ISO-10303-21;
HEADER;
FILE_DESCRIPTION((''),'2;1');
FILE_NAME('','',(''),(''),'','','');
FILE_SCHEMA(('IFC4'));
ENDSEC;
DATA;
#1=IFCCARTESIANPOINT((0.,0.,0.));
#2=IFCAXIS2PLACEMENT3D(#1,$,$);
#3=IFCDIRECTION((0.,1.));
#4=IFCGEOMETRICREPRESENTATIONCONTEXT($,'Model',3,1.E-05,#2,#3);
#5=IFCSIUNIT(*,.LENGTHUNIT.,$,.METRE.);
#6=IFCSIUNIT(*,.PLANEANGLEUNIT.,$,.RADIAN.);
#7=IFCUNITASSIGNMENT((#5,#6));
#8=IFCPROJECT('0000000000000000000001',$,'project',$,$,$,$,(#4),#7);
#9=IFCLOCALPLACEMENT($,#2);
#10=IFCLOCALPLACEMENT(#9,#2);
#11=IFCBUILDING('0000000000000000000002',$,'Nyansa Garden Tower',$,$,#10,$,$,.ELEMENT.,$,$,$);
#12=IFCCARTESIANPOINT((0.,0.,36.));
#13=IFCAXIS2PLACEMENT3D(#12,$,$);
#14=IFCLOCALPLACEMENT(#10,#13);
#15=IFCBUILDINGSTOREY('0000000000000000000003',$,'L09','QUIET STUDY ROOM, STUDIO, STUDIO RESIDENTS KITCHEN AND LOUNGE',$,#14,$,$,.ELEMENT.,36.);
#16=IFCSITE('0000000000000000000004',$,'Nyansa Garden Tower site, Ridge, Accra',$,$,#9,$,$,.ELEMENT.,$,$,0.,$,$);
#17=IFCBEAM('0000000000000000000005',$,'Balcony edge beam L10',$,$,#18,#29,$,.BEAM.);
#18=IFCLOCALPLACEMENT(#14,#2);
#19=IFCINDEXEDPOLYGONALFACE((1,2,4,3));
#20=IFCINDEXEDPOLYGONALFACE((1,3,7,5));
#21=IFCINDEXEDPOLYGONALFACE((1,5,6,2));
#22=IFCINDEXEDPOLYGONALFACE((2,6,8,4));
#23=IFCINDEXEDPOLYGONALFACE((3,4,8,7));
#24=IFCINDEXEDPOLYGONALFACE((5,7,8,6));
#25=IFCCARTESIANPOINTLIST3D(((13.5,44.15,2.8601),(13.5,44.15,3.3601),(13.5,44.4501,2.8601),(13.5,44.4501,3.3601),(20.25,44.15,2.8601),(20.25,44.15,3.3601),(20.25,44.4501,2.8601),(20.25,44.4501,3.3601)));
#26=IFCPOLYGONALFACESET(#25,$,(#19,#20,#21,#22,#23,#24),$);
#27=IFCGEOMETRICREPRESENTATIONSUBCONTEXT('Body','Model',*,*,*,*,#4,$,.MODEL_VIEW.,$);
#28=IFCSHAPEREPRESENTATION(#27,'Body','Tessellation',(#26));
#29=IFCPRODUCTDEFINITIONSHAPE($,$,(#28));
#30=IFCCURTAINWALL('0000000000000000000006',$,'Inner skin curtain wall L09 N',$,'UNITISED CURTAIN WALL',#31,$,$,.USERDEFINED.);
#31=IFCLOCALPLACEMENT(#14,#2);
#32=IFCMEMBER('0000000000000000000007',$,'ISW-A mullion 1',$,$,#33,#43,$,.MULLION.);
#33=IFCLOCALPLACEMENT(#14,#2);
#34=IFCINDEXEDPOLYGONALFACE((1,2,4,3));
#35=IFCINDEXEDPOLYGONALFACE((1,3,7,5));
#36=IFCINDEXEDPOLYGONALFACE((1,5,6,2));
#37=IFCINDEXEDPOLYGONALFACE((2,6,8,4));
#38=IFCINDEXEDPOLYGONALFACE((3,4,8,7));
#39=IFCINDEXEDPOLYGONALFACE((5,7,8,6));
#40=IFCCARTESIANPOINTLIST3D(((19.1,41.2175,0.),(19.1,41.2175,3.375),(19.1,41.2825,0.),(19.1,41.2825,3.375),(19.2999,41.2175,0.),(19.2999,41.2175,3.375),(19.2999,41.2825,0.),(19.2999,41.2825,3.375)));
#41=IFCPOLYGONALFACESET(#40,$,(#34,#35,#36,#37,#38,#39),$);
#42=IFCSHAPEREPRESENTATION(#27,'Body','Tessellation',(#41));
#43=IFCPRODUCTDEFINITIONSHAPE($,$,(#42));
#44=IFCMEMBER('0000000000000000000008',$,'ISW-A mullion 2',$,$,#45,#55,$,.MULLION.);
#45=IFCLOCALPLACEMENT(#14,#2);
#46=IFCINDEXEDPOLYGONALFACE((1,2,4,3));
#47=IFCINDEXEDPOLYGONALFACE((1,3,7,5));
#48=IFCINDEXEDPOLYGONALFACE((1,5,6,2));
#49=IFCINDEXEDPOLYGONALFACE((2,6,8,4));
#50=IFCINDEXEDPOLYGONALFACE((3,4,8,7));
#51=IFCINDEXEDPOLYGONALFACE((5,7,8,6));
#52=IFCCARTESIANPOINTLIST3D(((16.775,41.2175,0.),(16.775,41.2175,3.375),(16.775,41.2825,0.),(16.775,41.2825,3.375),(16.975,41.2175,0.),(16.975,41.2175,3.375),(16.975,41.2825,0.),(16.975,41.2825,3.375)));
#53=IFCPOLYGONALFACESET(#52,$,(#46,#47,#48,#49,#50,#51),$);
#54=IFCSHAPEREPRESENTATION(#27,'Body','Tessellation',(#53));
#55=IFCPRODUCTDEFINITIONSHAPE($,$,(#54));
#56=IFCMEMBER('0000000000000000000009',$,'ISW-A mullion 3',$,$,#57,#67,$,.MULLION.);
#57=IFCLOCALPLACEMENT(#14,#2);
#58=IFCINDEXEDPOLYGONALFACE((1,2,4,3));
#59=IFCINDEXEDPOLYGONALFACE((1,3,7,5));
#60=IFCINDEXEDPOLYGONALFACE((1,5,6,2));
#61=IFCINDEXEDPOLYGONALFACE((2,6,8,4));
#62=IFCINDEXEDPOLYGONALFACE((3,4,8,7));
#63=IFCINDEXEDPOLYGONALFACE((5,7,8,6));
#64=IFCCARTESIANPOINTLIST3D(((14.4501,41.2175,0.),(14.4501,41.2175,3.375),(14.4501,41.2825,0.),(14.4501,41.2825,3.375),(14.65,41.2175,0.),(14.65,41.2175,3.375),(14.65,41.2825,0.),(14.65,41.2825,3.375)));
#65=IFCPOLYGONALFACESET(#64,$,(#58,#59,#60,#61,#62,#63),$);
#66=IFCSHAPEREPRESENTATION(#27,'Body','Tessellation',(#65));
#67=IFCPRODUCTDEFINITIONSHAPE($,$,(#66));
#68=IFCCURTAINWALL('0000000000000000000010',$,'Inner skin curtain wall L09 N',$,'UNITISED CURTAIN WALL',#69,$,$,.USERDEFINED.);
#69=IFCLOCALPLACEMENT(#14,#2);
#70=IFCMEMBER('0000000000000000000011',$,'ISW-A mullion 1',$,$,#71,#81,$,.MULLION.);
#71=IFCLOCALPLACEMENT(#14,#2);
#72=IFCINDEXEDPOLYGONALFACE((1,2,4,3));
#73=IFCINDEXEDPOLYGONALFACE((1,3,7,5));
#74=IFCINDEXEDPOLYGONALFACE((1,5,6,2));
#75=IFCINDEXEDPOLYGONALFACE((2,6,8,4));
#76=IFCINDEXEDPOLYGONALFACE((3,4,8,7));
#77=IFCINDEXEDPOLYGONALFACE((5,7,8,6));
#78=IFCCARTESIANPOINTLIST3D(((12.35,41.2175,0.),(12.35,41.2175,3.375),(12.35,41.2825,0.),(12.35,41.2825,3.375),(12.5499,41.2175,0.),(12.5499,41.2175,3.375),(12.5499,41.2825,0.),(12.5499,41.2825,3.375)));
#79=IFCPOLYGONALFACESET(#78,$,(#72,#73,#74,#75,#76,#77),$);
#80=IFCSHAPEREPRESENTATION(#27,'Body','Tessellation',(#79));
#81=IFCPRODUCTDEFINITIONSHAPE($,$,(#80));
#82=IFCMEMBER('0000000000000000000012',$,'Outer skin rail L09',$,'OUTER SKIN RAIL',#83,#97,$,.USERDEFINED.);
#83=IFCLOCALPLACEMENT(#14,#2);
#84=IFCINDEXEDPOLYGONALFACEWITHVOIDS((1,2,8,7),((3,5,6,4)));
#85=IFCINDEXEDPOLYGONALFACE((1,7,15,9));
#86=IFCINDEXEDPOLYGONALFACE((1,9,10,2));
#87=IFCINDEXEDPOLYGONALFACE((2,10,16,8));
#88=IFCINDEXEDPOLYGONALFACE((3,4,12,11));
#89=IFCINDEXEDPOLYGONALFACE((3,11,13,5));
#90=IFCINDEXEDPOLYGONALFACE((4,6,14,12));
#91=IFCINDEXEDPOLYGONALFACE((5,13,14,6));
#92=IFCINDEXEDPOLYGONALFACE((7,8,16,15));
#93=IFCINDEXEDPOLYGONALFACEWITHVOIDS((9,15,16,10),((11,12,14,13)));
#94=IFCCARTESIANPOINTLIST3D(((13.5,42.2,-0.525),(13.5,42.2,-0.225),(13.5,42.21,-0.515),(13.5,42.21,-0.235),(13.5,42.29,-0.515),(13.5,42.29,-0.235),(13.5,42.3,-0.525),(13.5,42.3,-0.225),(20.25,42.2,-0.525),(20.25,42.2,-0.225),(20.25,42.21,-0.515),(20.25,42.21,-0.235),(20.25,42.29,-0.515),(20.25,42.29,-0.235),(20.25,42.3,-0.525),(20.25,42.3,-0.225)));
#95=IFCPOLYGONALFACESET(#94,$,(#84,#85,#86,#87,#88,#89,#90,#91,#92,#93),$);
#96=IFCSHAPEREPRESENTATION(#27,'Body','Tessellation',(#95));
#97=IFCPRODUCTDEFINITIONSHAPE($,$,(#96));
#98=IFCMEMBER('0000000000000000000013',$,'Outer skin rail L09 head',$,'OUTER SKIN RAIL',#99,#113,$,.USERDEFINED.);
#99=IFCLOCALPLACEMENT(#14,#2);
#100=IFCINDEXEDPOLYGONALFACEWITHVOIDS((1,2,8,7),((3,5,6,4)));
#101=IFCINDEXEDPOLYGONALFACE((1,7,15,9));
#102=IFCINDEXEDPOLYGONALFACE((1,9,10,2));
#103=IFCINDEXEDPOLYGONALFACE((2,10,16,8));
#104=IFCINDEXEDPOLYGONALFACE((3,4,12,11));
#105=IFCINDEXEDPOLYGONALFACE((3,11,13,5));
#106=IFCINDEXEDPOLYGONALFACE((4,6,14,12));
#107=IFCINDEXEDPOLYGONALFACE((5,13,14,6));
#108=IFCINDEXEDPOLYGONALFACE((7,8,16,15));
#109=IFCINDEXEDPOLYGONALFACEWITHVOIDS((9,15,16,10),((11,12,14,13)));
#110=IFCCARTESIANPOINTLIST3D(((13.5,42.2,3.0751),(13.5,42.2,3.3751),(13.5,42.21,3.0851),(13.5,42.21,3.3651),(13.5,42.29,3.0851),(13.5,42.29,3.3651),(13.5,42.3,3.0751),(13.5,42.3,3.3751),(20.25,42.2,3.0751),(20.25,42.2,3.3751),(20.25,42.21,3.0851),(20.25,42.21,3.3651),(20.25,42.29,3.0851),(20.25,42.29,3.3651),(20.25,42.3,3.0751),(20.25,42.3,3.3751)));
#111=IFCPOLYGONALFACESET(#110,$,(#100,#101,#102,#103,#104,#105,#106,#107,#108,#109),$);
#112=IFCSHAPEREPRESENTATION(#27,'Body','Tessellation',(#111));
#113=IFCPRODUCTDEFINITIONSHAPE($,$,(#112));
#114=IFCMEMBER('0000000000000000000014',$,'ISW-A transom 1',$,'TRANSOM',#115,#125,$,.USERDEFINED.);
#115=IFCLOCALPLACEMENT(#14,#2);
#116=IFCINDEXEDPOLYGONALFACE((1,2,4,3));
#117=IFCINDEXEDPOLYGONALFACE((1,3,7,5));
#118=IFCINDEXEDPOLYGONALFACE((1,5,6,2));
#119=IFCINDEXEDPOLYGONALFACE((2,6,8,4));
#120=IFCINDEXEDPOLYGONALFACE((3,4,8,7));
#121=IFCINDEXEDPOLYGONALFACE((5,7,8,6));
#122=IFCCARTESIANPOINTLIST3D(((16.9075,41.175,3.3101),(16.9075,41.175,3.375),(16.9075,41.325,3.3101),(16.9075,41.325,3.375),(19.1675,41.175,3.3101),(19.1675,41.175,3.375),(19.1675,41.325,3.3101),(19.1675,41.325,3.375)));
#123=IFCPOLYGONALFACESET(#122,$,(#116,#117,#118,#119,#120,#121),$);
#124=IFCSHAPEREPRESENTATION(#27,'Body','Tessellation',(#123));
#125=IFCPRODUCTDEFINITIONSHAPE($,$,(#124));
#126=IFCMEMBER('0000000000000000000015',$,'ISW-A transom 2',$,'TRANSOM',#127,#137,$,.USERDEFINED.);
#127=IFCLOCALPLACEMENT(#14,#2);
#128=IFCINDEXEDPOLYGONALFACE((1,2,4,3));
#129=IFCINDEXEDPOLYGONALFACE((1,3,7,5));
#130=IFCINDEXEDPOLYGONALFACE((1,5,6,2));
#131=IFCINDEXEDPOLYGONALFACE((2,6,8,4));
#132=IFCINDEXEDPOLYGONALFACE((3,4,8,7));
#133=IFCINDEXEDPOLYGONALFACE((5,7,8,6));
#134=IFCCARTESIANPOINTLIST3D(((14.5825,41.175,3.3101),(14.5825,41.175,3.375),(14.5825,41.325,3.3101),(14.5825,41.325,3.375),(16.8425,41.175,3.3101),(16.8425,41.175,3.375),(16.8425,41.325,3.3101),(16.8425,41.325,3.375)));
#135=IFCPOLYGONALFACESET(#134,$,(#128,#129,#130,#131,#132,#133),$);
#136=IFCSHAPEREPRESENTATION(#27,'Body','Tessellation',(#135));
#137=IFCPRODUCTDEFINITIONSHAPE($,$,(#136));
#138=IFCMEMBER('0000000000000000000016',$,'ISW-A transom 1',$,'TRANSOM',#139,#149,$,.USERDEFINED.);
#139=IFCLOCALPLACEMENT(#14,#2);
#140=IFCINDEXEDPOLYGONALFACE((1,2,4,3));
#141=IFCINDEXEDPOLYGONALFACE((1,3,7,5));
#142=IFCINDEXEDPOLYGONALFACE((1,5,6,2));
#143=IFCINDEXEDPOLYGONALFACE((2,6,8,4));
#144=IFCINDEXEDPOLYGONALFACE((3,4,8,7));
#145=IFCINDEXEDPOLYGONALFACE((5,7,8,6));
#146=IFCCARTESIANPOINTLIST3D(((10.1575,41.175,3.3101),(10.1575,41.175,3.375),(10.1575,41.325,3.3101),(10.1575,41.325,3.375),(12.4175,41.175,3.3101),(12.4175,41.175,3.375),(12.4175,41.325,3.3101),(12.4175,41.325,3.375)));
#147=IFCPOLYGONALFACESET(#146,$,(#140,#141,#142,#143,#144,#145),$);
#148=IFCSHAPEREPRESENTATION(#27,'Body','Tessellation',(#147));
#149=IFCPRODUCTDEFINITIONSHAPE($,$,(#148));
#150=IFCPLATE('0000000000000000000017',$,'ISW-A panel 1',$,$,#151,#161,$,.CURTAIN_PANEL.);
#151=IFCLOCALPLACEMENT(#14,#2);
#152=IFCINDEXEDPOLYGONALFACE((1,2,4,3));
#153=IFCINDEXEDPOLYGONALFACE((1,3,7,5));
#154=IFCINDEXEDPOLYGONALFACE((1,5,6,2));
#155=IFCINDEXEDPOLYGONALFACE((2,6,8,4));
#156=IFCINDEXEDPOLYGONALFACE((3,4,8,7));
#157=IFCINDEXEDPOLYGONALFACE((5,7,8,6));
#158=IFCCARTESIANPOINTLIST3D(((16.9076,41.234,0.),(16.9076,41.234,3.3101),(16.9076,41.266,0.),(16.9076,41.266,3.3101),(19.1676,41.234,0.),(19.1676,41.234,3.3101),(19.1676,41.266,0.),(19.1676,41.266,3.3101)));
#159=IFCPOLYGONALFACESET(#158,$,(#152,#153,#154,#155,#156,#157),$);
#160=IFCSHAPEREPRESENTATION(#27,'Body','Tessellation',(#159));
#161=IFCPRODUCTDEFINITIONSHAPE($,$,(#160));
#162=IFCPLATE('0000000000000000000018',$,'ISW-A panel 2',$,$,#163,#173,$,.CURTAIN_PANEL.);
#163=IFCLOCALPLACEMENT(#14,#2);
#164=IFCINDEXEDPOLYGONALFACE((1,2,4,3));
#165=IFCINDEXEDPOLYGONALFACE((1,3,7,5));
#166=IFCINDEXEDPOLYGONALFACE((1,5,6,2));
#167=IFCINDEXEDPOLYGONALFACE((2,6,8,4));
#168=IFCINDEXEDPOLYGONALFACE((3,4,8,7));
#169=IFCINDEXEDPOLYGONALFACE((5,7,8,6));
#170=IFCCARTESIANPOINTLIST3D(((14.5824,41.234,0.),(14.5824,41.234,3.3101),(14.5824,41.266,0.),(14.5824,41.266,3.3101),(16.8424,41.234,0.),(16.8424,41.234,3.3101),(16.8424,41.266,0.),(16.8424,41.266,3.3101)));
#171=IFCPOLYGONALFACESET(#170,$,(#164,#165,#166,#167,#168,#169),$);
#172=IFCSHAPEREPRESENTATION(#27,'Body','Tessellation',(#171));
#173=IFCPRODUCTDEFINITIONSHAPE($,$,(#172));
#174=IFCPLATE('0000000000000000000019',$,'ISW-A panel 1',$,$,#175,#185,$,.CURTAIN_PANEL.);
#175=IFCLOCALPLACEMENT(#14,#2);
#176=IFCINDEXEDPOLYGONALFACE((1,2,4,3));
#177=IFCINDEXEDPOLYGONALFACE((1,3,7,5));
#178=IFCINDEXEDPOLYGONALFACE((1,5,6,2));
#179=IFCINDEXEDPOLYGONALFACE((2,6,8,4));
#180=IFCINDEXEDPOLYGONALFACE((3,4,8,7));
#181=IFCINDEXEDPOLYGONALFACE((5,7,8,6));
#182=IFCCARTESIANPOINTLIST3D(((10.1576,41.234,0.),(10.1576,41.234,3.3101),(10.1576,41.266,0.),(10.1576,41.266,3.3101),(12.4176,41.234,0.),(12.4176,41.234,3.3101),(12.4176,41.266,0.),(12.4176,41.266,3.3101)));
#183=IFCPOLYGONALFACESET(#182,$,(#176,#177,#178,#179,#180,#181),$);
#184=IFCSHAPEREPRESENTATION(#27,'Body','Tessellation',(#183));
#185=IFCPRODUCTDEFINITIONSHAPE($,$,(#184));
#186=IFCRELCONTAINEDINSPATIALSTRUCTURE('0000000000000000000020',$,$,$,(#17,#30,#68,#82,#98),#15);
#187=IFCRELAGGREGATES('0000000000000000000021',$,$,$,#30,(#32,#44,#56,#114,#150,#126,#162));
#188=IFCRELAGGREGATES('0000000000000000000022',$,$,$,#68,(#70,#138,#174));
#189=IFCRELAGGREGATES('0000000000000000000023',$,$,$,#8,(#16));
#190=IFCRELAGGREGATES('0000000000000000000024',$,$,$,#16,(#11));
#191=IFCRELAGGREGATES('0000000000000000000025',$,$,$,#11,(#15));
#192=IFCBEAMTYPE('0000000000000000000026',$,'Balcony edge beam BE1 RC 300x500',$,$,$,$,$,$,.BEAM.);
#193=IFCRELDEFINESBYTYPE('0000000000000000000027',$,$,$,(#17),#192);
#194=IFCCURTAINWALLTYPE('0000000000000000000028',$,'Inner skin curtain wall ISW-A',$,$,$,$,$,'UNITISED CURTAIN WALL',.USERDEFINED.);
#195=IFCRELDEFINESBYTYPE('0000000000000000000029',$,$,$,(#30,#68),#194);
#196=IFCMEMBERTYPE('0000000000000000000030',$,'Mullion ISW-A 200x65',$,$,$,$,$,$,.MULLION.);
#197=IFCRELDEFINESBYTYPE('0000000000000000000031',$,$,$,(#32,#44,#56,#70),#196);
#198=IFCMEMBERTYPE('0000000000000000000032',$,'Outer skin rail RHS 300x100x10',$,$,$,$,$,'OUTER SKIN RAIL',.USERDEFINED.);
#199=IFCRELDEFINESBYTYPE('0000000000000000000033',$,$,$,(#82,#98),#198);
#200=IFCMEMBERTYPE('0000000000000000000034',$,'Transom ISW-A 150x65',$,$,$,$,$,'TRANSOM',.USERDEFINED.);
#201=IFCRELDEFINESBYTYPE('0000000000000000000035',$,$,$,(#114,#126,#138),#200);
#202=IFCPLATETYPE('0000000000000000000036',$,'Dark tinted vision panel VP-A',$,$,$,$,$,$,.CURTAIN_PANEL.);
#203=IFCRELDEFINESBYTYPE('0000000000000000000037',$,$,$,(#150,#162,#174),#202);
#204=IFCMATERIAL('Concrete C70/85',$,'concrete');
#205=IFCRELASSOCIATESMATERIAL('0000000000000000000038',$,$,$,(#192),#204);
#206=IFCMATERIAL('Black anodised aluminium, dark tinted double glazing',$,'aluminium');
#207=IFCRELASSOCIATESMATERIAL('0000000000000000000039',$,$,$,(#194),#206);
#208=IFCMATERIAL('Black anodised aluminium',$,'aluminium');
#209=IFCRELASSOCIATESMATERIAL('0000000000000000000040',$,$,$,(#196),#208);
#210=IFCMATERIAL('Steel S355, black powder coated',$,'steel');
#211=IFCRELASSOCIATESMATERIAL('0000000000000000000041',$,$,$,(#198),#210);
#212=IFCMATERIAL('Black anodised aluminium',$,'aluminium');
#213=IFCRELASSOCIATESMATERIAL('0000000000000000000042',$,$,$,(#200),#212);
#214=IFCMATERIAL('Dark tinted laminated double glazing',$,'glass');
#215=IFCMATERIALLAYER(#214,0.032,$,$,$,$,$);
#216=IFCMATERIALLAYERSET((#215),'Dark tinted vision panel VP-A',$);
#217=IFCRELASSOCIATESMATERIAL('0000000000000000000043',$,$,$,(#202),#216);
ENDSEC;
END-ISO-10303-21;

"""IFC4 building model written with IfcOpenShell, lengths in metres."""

from ifc_helpers import new_model, si_unit, direction, frame, origin, origin_2d, place, context, subcontext, project, spatial, rectangle, hollow_rectangle, extrude, material, layer, layer_set, material_profile, profile_set, type_object, element, aggregate, save


model = new_model("IFC4")

# Units and contexts
model_context = context("Model", 3, precision=1e-05, world=origin(), true_north=direction((0.0, 1.0)))
body_context = subcontext(model_context, "Body", "Model", "MODEL_VIEW")
ifc_project = project(units=[si_unit("LENGTHUNIT", "METRE"), si_unit("PLANEANGLEUNIT", "RADIAN")], contexts=[model_context])

# Site, building, storey
site_placement = place(None, origin())
site = spatial("IfcSite", under=ifc_project, at=site_placement, Name="Nyansa Garden Tower site, Ridge, Accra", CompositionType="ELEMENT", RefElevation=0.0)
building_placement = place(site_placement, origin())
building = spatial("IfcBuilding", under=site, at=building_placement, Name="Nyansa Garden Tower", CompositionType="ELEMENT")
storey_placement = place(building_placement, frame((0.0, 0.0, 36.0)))
storey = spatial("IfcBuildingStorey", under=building, at=storey_placement, Name="L09", Description="QUIET STUDY ROOM, STUDIO, STUDIO RESIDENTS KITCHEN AND LOUNGE", CompositionType="ELEMENT", Elevation=36.0)

# Beam
ifc_material_1 = material(Name="Concrete C70/85", Category="concrete")
ifc_material_profile_1 = material_profile(ifc_material_1, rectangle(XDim=0.3, YDim=0.5, at=origin_2d()), Name="RC 300x500")
ifc_profile_set_1 = profile_set([ifc_material_profile_1], Name="Concrete C70/85")
beam_type = type_object("IfcBeamType", Name="Balcony edge beam BE1 RC 300x500", PredefinedType="BEAM", material=ifc_profile_set_1)
beam_placement = place(storey_placement, frame((13.5, 44.3, 3.1101), z_axis=(1.0, 0.0, 0.0), x_axis=(0.0, 1.0, 0.0)))
element("IfcBeam", 1, at=beam_placement, inside=storey, type_object=beam_type, Name="Balcony edge beam L10", PredefinedType="BEAM", context=body_context, shape_type="SweptSolid", body=[
    extrude(rectangle(XDim=0.3, YDim=0.5, at=origin_2d()), origin(), (0.0, 0.0, 1.0), 6.75),
])

# Curtain wall, members
ifc_material_2 = material(Name="Black anodised aluminium, dark tinted double glazing", Category="aluminium")
curtain_wall_type = type_object("IfcCurtainWallType", Name="Inner skin curtain wall ISW-A", ElementType="UNITISED CURTAIN WALL", PredefinedType="USERDEFINED", material=ifc_material_2)
curtain_wall_1_placement = place(storey_placement, origin())
curtain_wall_1 = element("IfcCurtainWall", 2, at=curtain_wall_1_placement, inside=storey, type_object=curtain_wall_type, Name="Inner skin curtain wall L09 N", ObjectType="UNITISED CURTAIN WALL", PredefinedType="USERDEFINED")
ifc_material_3 = material(Name="Black anodised aluminium", Category="aluminium")
ifc_material_profile_2 = material_profile(ifc_material_3, rectangle(XDim=0.0649, YDim=0.2, at=origin_2d()), Name="Mullion 200x65")
ifc_profile_set_2 = profile_set([ifc_material_profile_2], Name="Black anodised aluminium")
member_type_1 = type_object("IfcMemberType", Name="Mullion ISW-A 200x65", PredefinedType="MULLION", material=ifc_profile_set_2)
member_1_placement = place(storey_placement, frame((19.2, 41.25, 0.0), z_axis=(0.0, 0.0, 1.0), x_axis=(0.0, -1.0, 0.0)))
member_1 = element("IfcMember", 3, at=member_1_placement, type_object=member_type_1, Name="ISW-A mullion 1", PredefinedType="MULLION", context=body_context, shape_type="SweptSolid", body=[
    extrude(rectangle(XDim=0.0649, YDim=0.2, at=origin_2d()), origin(), (0.0, 0.0, 1.0), 3.375),
])
member_2_placement = place(storey_placement, frame((16.875, 41.25, 0.0), z_axis=(0.0, 0.0, 1.0), x_axis=(0.0, -1.0, 0.0)))
member_2 = element("IfcMember", 4, at=member_2_placement, type_object=member_type_1, Name="ISW-A mullion 2", PredefinedType="MULLION", context=body_context, shape_type="SweptSolid", body=[
    extrude(rectangle(XDim=0.0649, YDim=0.2, at=origin_2d()), origin(), (0.0, 0.0, 1.0), 3.375),
])
member_3_placement = place(storey_placement, frame((14.55, 41.25, 0.0), z_axis=(0.0, 0.0, 1.0), x_axis=(0.0, -1.0, 0.0)))
member_3 = element("IfcMember", 5, at=member_3_placement, type_object=member_type_1, Name="ISW-A mullion 3", PredefinedType="MULLION", context=body_context, shape_type="SweptSolid", body=[
    extrude(rectangle(XDim=0.0649, YDim=0.2, at=origin_2d()), origin(), (0.0, 0.0, 1.0), 3.375),
])

# Curtain wall, member
curtain_wall_2_placement = place(storey_placement, origin())
curtain_wall_2 = element("IfcCurtainWall", 6, at=curtain_wall_2_placement, inside=storey, type_object=curtain_wall_type, Name="Inner skin curtain wall L09 N", ObjectType="UNITISED CURTAIN WALL", PredefinedType="USERDEFINED")
member_4_placement = place(storey_placement, frame((12.45, 41.25, 0.0), z_axis=(0.0, 0.0, 1.0), x_axis=(0.0, -1.0, 0.0)))
member_4 = element("IfcMember", 7, at=member_4_placement, type_object=member_type_1, Name="ISW-A mullion 1", PredefinedType="MULLION", context=body_context, shape_type="SweptSolid", body=[
    extrude(rectangle(XDim=0.0649, YDim=0.2, at=origin_2d()), origin(), (0.0, 0.0, 1.0), 3.375),
])

# Members
ifc_material_4 = material(Name="Steel S355, black powder coated", Category="steel")
ifc_material_profile_3 = material_profile(ifc_material_4, hollow_rectangle(XDim=0.1001, YDim=0.3, WallThickness=0.01, at=origin_2d()), Name="RHS 300x100x10")
ifc_profile_set_3 = profile_set([ifc_material_profile_3], Name="Steel S355, black powder coated")
member_type_2 = type_object("IfcMemberType", Name="Outer skin rail RHS 300x100x10", ElementType="OUTER SKIN RAIL", PredefinedType="USERDEFINED", material=ifc_profile_set_3)
for number, where, z_axis, x_axis, name in (
    (8, (13.5, 42.25, -0.375), (1.0, 0.0, 0.0), (0.0, 1.0, 0.0), "Outer skin rail L09"),
    (9, (13.5, 42.25, 3.2251), (1.0, 0.0, 0.0), (0.0, 1.0, 0.0), "Outer skin rail L09 head"),
):
    element("IfcMember", number, at=place(storey_placement, frame(where, z_axis=z_axis, x_axis=x_axis)), inside=storey, type_object=member_type_2, Name=name, ObjectType="OUTER SKIN RAIL", PredefinedType="USERDEFINED", context=body_context, shape_type="SweptSolid", body=[
        extrude(hollow_rectangle(XDim=0.1001, YDim=0.3, WallThickness=0.01, at=origin_2d()), origin(), (0.0, 0.0, 1.0), 6.75),
    ])

# Members
ifc_material_5 = material(Name="Black anodised aluminium", Category="aluminium")
ifc_material_profile_4 = material_profile(ifc_material_5, rectangle(XDim=0.1499, YDim=0.0649, at=origin_2d()), Name="Transom 150x65")
ifc_profile_set_4 = profile_set([ifc_material_profile_4], Name="Black anodised aluminium")
member_type_3 = type_object("IfcMemberType", Name="Transom ISW-A 150x65", ElementType="TRANSOM", PredefinedType="USERDEFINED", material=ifc_profile_set_4)
member_5_placement = place(storey_placement, frame((19.1675, 41.25, 3.3425), z_axis=(-1.0, 0.0, 0.0), x_axis=(0.0, -1.0, 0.0)))
member_5 = element("IfcMember", 10, at=member_5_placement, type_object=member_type_3, Name="ISW-A transom 1", ObjectType="TRANSOM", PredefinedType="USERDEFINED", context=body_context, shape_type="SweptSolid", body=[
    extrude(rectangle(XDim=0.1499, YDim=0.0649, at=origin_2d()), origin(), (0.0, 0.0, 1.0), 2.26),
])
member_6_placement = place(storey_placement, frame((16.8425, 41.25, 3.3425), z_axis=(-1.0, 0.0, 0.0), x_axis=(0.0, -1.0, 0.0)))
member_6 = element("IfcMember", 11, at=member_6_placement, type_object=member_type_3, Name="ISW-A transom 2", ObjectType="TRANSOM", PredefinedType="USERDEFINED", context=body_context, shape_type="SweptSolid", body=[
    extrude(rectangle(XDim=0.1499, YDim=0.0649, at=origin_2d()), origin(), (0.0, 0.0, 1.0), 2.26),
])
member_7_placement = place(storey_placement, frame((12.4175, 41.25, 3.3425), z_axis=(-1.0, 0.0, 0.0), x_axis=(0.0, -1.0, 0.0)))
member_7 = element("IfcMember", 12, at=member_7_placement, type_object=member_type_3, Name="ISW-A transom 1", ObjectType="TRANSOM", PredefinedType="USERDEFINED", context=body_context, shape_type="SweptSolid", body=[
    extrude(rectangle(XDim=0.1499, YDim=0.0649, at=origin_2d()), origin(), (0.0, 0.0, 1.0), 2.26),
])

# Plates
ifc_material_6 = material(Name="Dark tinted laminated double glazing", Category="glass")
ifc_layer_1 = layer(ifc_material_6, 0.032)
ifc_layer_set_1 = layer_set([ifc_layer_1], Name="Dark tinted vision panel VP-A")
plate_type_1 = type_object("IfcPlateType", Name="Dark tinted vision panel VP-A", PredefinedType="CURTAIN_PANEL", material=ifc_layer_set_1)
plate_1_placement = place(storey_placement, frame((18.0376, 41.25, 0.0), z_axis=(0.0, 0.0, 1.0), x_axis=(-1.0, 0.0, 0.0)))
plate_1 = element("IfcPlate", 13, at=plate_1_placement, type_object=plate_type_1, Name="ISW-A panel 1", PredefinedType="CURTAIN_PANEL", context=body_context, shape_type="SweptSolid", body=[
    extrude(rectangle(XDim=2.26, YDim=0.032, at=origin_2d()), origin(), (0.0, 0.0, 1.0), 3.3101),
])
plate_2_placement = place(storey_placement, frame((15.7124, 41.25, 0.0), z_axis=(0.0, 0.0, 1.0), x_axis=(-1.0, 0.0, 0.0)))
plate_2 = element("IfcPlate", 14, at=plate_2_placement, type_object=plate_type_1, Name="ISW-A panel 2", PredefinedType="CURTAIN_PANEL", context=body_context, shape_type="SweptSolid", body=[
    extrude(rectangle(XDim=2.26, YDim=0.032, at=origin_2d()), origin(), (0.0, 0.0, 1.0), 3.3101),
])
aggregate(curtain_wall_1, [member_1, member_2, member_3, member_5, plate_1, member_6, plate_2])
plate_3_placement = place(storey_placement, frame((11.2876, 41.25, 0.0), z_axis=(0.0, 0.0, 1.0), x_axis=(-1.0, 0.0, 0.0)))
plate_3 = element("IfcPlate", 15, at=plate_3_placement, type_object=plate_type_1, Name="ISW-A panel 1", PredefinedType="CURTAIN_PANEL", context=body_context, shape_type="SweptSolid", body=[
    extrude(rectangle(XDim=2.26, YDim=0.032, at=origin_2d()), origin(), (0.0, 0.0, 1.0), 3.3101),
])
aggregate(curtain_wall_2, [member_4, member_7, plate_3])

save(model, "model.ifc")
